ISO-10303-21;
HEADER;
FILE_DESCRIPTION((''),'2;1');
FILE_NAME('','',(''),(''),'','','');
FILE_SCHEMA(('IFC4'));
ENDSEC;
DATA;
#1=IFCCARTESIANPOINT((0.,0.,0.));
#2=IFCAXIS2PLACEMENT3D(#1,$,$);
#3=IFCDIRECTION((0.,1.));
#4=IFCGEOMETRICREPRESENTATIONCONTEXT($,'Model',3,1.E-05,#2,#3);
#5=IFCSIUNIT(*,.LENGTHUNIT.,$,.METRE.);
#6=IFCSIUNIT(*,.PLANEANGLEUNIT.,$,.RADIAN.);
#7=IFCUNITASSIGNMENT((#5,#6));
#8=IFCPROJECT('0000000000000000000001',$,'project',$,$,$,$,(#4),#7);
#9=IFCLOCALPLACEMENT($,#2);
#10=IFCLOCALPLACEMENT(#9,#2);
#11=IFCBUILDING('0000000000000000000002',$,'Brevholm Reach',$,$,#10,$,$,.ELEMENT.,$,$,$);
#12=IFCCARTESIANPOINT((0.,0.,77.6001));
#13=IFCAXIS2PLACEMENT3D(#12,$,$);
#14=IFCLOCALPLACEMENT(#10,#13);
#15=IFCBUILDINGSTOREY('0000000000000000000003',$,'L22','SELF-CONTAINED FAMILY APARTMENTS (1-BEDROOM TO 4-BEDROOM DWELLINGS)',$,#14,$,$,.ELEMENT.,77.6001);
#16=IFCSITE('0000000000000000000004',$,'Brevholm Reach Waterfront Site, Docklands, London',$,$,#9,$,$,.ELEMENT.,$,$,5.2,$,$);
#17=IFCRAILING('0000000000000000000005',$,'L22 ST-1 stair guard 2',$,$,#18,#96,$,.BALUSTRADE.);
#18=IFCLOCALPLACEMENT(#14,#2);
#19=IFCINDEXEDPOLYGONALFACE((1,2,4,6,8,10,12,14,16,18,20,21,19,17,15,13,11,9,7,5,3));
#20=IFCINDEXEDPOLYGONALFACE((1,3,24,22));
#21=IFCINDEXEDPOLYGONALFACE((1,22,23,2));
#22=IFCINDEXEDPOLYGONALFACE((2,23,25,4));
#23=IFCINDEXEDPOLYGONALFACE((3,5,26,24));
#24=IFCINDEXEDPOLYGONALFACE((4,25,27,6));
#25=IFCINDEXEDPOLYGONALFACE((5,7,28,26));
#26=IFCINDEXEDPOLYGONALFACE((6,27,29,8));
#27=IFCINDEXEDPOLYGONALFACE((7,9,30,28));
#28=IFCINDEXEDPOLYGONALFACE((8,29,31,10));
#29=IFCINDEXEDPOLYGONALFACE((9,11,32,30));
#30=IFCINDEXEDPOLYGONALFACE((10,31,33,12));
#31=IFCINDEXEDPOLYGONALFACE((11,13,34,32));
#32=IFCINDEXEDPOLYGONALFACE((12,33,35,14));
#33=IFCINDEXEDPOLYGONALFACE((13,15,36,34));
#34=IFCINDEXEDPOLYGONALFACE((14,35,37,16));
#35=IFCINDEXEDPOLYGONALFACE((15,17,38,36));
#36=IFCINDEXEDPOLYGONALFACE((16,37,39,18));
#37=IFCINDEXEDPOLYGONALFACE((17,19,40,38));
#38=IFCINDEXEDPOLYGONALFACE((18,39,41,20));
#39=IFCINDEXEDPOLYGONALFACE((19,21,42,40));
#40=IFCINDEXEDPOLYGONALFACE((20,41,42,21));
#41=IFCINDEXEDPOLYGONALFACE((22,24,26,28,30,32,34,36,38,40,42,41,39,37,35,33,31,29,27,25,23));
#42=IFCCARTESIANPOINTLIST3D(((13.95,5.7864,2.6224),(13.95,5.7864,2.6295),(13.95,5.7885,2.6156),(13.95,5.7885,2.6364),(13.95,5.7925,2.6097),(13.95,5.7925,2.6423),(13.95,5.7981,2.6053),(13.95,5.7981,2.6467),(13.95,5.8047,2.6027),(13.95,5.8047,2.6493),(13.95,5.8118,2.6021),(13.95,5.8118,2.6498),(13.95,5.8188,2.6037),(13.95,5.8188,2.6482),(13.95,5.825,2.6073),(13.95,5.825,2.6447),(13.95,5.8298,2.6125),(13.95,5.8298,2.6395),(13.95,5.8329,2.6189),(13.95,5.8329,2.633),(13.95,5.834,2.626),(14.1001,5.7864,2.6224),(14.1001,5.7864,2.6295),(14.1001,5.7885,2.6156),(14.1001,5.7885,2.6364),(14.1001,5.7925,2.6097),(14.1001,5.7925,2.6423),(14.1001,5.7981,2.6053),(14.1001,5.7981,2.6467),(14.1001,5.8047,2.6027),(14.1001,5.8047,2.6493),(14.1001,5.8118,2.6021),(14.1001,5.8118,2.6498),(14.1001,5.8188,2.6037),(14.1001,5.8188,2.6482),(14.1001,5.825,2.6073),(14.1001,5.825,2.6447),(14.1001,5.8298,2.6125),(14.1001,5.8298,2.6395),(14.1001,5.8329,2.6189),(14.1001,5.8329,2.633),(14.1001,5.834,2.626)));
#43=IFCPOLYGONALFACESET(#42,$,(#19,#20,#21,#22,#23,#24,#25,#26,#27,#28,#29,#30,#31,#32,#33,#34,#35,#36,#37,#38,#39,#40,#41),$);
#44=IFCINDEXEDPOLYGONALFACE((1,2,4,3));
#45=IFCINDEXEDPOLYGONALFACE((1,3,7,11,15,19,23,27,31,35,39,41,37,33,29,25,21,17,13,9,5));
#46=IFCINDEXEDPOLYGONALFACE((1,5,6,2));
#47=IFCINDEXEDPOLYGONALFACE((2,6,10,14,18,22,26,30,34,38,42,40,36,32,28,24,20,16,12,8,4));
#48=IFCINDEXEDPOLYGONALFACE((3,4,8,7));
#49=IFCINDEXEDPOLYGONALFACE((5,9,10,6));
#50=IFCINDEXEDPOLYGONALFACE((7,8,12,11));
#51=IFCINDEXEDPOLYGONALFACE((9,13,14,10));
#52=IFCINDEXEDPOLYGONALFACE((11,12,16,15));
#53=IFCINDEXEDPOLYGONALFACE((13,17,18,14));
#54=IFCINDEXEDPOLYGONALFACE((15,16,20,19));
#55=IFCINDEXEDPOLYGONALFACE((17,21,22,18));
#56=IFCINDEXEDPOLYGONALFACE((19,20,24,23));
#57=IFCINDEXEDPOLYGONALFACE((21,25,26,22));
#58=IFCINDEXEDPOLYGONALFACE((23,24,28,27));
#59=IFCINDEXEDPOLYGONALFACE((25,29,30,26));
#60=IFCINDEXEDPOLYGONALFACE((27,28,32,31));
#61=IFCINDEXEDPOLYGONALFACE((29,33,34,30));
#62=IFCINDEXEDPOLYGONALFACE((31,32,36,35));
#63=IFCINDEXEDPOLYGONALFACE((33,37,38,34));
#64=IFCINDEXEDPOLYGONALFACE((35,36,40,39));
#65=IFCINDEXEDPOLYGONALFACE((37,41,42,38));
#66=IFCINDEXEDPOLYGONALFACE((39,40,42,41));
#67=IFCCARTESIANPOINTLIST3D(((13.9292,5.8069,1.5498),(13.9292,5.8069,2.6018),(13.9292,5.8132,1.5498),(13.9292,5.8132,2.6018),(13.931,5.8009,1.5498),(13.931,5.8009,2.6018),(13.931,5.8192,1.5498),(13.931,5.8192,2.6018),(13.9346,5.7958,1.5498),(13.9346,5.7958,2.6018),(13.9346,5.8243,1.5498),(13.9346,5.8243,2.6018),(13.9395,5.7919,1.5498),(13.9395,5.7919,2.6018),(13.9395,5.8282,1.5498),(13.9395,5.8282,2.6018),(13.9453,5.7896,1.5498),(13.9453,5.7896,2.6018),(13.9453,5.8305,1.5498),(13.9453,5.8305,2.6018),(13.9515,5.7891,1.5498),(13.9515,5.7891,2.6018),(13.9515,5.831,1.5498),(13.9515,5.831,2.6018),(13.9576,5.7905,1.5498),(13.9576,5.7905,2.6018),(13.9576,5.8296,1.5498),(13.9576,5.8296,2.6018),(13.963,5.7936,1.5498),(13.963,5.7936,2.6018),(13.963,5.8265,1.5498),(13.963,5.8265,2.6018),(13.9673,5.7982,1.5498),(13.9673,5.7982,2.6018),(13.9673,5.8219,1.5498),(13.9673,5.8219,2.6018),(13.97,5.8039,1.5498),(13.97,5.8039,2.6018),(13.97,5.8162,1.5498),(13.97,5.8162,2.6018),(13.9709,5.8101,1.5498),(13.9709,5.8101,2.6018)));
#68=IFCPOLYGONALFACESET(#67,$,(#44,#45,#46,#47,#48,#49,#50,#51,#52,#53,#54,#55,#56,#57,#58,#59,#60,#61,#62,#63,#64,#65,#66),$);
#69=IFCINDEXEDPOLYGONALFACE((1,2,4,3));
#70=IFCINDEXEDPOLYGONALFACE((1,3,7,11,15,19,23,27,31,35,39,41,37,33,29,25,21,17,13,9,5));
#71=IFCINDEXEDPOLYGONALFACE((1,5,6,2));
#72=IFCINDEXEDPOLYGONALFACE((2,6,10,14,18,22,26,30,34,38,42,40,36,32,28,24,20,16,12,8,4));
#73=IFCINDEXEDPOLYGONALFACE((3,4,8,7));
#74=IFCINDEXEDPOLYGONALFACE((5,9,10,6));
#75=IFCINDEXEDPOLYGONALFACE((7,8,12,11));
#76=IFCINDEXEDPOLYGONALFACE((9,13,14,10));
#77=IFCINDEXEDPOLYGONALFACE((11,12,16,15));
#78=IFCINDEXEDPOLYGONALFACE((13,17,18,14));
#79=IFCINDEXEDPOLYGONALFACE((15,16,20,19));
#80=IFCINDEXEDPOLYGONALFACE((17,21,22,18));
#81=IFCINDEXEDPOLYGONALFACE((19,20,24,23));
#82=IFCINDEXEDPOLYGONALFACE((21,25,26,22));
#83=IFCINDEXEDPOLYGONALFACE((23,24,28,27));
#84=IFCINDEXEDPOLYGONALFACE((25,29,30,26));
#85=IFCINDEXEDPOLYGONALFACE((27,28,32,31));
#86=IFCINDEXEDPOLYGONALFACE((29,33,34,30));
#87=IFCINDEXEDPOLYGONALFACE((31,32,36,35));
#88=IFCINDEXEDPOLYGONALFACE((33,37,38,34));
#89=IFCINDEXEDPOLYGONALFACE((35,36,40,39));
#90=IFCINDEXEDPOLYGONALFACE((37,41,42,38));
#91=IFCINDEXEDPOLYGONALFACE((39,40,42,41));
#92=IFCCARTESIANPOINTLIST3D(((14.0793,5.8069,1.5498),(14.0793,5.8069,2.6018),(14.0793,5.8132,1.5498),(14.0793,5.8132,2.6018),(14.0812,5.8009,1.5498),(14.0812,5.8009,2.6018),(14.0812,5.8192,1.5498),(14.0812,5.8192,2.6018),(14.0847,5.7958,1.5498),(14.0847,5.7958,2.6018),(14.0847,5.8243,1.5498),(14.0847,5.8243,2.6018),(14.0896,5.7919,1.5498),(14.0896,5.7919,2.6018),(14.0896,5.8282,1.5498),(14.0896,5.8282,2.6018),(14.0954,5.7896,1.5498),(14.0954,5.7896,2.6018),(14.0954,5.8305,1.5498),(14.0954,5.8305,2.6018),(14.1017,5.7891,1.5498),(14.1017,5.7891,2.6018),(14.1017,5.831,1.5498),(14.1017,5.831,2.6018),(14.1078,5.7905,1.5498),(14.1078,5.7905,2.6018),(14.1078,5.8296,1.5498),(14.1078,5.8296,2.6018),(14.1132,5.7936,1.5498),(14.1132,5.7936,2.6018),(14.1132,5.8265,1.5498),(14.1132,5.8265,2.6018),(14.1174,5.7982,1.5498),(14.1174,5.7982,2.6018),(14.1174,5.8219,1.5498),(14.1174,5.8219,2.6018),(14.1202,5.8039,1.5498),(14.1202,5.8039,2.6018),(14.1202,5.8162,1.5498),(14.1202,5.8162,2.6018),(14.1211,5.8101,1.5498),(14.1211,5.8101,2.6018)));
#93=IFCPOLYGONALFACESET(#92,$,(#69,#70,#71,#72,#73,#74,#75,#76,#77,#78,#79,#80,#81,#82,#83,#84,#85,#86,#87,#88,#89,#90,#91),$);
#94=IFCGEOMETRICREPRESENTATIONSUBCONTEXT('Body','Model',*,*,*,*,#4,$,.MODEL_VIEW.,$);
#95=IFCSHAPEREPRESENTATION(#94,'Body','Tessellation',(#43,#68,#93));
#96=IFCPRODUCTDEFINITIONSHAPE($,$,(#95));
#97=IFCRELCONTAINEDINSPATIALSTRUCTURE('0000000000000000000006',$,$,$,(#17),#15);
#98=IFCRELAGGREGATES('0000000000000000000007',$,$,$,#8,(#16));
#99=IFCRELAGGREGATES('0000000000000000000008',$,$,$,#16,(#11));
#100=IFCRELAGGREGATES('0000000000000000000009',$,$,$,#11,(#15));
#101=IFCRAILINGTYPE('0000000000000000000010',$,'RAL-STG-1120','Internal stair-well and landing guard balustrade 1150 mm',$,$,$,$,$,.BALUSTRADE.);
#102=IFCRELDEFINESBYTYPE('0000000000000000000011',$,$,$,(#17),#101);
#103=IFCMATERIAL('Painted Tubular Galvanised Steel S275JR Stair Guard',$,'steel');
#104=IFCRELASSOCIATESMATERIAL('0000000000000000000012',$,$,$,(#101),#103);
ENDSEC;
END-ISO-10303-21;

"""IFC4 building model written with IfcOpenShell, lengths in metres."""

from ifc_helpers import new_model, si_unit, direction, frame, origin, origin_2d, place, context, subcontext, project, spatial, circle, extrude, material, type_object, element, save


model = new_model("IFC4")

# Units and contexts
model_context = context("Model", 3, precision=1e-05, world=origin(), true_north=direction((0.0, 1.0)))
body_context = subcontext(model_context, "Body", "Model", "MODEL_VIEW")
ifc_project = project(units=[si_unit("LENGTHUNIT", "METRE"), si_unit("PLANEANGLEUNIT", "RADIAN")], contexts=[model_context])

# Site, building, storey
site_placement = place(None, origin())
site = spatial("IfcSite", under=ifc_project, at=site_placement, Name="Brevholm Reach Waterfront Site, Docklands, London", CompositionType="ELEMENT", RefElevation=5.2)
building_placement = place(site_placement, origin())
building = spatial("IfcBuilding", under=site, at=building_placement, Name="Brevholm Reach", CompositionType="ELEMENT")
storey_placement = place(building_placement, frame((0.0, 0.0, 77.6001)))
storey = spatial("IfcBuildingStorey", under=building, at=storey_placement, Name="L22", Description="SELF-CONTAINED FAMILY APARTMENTS (1-BEDROOM TO 4-BEDROOM DWELLINGS)", CompositionType="ELEMENT", Elevation=77.6001)

# Railing
ifc_material_1 = material(Name="Painted Tubular Galvanised Steel S275JR Stair Guard", Category="steel")
railing_type_1 = type_object("IfcRailingType", Name="RAL-STG-1120", Description="Internal stair-well and landing guard balustrade 1150 mm", PredefinedType="BALUSTRADE", material=ifc_material_1)
railing_1_placement = place(storey_placement, frame((13.95, 5.8101, 1.5498)))
element("IfcRailing", 1, at=railing_1_placement, inside=storey, type_object=railing_type_1, Name="L22 ST-1 stair guard 2", PredefinedType="BALUSTRADE", context=body_context, shape_type="SweptSolid", body=[
    extrude(circle(Radius=0.0239, at=origin_2d()), frame((0.0, 0.0, 1.0762), z_axis=(1.0, 0.0, 0.0), x_axis=(0.0, 1.0, 0.0)), (0.0, 0.0, 1.0), 0.1501),
    extrude(circle(Radius=0.021, at=origin_2d()), origin(), (0.0, 0.0, 1.0), 1.052),
    extrude(circle(Radius=0.021, at=origin_2d()), frame((0.1501, 0.0, 0.0)), (0.0, 0.0, 1.0), 1.052),
])

save(model, "model.ifc")
